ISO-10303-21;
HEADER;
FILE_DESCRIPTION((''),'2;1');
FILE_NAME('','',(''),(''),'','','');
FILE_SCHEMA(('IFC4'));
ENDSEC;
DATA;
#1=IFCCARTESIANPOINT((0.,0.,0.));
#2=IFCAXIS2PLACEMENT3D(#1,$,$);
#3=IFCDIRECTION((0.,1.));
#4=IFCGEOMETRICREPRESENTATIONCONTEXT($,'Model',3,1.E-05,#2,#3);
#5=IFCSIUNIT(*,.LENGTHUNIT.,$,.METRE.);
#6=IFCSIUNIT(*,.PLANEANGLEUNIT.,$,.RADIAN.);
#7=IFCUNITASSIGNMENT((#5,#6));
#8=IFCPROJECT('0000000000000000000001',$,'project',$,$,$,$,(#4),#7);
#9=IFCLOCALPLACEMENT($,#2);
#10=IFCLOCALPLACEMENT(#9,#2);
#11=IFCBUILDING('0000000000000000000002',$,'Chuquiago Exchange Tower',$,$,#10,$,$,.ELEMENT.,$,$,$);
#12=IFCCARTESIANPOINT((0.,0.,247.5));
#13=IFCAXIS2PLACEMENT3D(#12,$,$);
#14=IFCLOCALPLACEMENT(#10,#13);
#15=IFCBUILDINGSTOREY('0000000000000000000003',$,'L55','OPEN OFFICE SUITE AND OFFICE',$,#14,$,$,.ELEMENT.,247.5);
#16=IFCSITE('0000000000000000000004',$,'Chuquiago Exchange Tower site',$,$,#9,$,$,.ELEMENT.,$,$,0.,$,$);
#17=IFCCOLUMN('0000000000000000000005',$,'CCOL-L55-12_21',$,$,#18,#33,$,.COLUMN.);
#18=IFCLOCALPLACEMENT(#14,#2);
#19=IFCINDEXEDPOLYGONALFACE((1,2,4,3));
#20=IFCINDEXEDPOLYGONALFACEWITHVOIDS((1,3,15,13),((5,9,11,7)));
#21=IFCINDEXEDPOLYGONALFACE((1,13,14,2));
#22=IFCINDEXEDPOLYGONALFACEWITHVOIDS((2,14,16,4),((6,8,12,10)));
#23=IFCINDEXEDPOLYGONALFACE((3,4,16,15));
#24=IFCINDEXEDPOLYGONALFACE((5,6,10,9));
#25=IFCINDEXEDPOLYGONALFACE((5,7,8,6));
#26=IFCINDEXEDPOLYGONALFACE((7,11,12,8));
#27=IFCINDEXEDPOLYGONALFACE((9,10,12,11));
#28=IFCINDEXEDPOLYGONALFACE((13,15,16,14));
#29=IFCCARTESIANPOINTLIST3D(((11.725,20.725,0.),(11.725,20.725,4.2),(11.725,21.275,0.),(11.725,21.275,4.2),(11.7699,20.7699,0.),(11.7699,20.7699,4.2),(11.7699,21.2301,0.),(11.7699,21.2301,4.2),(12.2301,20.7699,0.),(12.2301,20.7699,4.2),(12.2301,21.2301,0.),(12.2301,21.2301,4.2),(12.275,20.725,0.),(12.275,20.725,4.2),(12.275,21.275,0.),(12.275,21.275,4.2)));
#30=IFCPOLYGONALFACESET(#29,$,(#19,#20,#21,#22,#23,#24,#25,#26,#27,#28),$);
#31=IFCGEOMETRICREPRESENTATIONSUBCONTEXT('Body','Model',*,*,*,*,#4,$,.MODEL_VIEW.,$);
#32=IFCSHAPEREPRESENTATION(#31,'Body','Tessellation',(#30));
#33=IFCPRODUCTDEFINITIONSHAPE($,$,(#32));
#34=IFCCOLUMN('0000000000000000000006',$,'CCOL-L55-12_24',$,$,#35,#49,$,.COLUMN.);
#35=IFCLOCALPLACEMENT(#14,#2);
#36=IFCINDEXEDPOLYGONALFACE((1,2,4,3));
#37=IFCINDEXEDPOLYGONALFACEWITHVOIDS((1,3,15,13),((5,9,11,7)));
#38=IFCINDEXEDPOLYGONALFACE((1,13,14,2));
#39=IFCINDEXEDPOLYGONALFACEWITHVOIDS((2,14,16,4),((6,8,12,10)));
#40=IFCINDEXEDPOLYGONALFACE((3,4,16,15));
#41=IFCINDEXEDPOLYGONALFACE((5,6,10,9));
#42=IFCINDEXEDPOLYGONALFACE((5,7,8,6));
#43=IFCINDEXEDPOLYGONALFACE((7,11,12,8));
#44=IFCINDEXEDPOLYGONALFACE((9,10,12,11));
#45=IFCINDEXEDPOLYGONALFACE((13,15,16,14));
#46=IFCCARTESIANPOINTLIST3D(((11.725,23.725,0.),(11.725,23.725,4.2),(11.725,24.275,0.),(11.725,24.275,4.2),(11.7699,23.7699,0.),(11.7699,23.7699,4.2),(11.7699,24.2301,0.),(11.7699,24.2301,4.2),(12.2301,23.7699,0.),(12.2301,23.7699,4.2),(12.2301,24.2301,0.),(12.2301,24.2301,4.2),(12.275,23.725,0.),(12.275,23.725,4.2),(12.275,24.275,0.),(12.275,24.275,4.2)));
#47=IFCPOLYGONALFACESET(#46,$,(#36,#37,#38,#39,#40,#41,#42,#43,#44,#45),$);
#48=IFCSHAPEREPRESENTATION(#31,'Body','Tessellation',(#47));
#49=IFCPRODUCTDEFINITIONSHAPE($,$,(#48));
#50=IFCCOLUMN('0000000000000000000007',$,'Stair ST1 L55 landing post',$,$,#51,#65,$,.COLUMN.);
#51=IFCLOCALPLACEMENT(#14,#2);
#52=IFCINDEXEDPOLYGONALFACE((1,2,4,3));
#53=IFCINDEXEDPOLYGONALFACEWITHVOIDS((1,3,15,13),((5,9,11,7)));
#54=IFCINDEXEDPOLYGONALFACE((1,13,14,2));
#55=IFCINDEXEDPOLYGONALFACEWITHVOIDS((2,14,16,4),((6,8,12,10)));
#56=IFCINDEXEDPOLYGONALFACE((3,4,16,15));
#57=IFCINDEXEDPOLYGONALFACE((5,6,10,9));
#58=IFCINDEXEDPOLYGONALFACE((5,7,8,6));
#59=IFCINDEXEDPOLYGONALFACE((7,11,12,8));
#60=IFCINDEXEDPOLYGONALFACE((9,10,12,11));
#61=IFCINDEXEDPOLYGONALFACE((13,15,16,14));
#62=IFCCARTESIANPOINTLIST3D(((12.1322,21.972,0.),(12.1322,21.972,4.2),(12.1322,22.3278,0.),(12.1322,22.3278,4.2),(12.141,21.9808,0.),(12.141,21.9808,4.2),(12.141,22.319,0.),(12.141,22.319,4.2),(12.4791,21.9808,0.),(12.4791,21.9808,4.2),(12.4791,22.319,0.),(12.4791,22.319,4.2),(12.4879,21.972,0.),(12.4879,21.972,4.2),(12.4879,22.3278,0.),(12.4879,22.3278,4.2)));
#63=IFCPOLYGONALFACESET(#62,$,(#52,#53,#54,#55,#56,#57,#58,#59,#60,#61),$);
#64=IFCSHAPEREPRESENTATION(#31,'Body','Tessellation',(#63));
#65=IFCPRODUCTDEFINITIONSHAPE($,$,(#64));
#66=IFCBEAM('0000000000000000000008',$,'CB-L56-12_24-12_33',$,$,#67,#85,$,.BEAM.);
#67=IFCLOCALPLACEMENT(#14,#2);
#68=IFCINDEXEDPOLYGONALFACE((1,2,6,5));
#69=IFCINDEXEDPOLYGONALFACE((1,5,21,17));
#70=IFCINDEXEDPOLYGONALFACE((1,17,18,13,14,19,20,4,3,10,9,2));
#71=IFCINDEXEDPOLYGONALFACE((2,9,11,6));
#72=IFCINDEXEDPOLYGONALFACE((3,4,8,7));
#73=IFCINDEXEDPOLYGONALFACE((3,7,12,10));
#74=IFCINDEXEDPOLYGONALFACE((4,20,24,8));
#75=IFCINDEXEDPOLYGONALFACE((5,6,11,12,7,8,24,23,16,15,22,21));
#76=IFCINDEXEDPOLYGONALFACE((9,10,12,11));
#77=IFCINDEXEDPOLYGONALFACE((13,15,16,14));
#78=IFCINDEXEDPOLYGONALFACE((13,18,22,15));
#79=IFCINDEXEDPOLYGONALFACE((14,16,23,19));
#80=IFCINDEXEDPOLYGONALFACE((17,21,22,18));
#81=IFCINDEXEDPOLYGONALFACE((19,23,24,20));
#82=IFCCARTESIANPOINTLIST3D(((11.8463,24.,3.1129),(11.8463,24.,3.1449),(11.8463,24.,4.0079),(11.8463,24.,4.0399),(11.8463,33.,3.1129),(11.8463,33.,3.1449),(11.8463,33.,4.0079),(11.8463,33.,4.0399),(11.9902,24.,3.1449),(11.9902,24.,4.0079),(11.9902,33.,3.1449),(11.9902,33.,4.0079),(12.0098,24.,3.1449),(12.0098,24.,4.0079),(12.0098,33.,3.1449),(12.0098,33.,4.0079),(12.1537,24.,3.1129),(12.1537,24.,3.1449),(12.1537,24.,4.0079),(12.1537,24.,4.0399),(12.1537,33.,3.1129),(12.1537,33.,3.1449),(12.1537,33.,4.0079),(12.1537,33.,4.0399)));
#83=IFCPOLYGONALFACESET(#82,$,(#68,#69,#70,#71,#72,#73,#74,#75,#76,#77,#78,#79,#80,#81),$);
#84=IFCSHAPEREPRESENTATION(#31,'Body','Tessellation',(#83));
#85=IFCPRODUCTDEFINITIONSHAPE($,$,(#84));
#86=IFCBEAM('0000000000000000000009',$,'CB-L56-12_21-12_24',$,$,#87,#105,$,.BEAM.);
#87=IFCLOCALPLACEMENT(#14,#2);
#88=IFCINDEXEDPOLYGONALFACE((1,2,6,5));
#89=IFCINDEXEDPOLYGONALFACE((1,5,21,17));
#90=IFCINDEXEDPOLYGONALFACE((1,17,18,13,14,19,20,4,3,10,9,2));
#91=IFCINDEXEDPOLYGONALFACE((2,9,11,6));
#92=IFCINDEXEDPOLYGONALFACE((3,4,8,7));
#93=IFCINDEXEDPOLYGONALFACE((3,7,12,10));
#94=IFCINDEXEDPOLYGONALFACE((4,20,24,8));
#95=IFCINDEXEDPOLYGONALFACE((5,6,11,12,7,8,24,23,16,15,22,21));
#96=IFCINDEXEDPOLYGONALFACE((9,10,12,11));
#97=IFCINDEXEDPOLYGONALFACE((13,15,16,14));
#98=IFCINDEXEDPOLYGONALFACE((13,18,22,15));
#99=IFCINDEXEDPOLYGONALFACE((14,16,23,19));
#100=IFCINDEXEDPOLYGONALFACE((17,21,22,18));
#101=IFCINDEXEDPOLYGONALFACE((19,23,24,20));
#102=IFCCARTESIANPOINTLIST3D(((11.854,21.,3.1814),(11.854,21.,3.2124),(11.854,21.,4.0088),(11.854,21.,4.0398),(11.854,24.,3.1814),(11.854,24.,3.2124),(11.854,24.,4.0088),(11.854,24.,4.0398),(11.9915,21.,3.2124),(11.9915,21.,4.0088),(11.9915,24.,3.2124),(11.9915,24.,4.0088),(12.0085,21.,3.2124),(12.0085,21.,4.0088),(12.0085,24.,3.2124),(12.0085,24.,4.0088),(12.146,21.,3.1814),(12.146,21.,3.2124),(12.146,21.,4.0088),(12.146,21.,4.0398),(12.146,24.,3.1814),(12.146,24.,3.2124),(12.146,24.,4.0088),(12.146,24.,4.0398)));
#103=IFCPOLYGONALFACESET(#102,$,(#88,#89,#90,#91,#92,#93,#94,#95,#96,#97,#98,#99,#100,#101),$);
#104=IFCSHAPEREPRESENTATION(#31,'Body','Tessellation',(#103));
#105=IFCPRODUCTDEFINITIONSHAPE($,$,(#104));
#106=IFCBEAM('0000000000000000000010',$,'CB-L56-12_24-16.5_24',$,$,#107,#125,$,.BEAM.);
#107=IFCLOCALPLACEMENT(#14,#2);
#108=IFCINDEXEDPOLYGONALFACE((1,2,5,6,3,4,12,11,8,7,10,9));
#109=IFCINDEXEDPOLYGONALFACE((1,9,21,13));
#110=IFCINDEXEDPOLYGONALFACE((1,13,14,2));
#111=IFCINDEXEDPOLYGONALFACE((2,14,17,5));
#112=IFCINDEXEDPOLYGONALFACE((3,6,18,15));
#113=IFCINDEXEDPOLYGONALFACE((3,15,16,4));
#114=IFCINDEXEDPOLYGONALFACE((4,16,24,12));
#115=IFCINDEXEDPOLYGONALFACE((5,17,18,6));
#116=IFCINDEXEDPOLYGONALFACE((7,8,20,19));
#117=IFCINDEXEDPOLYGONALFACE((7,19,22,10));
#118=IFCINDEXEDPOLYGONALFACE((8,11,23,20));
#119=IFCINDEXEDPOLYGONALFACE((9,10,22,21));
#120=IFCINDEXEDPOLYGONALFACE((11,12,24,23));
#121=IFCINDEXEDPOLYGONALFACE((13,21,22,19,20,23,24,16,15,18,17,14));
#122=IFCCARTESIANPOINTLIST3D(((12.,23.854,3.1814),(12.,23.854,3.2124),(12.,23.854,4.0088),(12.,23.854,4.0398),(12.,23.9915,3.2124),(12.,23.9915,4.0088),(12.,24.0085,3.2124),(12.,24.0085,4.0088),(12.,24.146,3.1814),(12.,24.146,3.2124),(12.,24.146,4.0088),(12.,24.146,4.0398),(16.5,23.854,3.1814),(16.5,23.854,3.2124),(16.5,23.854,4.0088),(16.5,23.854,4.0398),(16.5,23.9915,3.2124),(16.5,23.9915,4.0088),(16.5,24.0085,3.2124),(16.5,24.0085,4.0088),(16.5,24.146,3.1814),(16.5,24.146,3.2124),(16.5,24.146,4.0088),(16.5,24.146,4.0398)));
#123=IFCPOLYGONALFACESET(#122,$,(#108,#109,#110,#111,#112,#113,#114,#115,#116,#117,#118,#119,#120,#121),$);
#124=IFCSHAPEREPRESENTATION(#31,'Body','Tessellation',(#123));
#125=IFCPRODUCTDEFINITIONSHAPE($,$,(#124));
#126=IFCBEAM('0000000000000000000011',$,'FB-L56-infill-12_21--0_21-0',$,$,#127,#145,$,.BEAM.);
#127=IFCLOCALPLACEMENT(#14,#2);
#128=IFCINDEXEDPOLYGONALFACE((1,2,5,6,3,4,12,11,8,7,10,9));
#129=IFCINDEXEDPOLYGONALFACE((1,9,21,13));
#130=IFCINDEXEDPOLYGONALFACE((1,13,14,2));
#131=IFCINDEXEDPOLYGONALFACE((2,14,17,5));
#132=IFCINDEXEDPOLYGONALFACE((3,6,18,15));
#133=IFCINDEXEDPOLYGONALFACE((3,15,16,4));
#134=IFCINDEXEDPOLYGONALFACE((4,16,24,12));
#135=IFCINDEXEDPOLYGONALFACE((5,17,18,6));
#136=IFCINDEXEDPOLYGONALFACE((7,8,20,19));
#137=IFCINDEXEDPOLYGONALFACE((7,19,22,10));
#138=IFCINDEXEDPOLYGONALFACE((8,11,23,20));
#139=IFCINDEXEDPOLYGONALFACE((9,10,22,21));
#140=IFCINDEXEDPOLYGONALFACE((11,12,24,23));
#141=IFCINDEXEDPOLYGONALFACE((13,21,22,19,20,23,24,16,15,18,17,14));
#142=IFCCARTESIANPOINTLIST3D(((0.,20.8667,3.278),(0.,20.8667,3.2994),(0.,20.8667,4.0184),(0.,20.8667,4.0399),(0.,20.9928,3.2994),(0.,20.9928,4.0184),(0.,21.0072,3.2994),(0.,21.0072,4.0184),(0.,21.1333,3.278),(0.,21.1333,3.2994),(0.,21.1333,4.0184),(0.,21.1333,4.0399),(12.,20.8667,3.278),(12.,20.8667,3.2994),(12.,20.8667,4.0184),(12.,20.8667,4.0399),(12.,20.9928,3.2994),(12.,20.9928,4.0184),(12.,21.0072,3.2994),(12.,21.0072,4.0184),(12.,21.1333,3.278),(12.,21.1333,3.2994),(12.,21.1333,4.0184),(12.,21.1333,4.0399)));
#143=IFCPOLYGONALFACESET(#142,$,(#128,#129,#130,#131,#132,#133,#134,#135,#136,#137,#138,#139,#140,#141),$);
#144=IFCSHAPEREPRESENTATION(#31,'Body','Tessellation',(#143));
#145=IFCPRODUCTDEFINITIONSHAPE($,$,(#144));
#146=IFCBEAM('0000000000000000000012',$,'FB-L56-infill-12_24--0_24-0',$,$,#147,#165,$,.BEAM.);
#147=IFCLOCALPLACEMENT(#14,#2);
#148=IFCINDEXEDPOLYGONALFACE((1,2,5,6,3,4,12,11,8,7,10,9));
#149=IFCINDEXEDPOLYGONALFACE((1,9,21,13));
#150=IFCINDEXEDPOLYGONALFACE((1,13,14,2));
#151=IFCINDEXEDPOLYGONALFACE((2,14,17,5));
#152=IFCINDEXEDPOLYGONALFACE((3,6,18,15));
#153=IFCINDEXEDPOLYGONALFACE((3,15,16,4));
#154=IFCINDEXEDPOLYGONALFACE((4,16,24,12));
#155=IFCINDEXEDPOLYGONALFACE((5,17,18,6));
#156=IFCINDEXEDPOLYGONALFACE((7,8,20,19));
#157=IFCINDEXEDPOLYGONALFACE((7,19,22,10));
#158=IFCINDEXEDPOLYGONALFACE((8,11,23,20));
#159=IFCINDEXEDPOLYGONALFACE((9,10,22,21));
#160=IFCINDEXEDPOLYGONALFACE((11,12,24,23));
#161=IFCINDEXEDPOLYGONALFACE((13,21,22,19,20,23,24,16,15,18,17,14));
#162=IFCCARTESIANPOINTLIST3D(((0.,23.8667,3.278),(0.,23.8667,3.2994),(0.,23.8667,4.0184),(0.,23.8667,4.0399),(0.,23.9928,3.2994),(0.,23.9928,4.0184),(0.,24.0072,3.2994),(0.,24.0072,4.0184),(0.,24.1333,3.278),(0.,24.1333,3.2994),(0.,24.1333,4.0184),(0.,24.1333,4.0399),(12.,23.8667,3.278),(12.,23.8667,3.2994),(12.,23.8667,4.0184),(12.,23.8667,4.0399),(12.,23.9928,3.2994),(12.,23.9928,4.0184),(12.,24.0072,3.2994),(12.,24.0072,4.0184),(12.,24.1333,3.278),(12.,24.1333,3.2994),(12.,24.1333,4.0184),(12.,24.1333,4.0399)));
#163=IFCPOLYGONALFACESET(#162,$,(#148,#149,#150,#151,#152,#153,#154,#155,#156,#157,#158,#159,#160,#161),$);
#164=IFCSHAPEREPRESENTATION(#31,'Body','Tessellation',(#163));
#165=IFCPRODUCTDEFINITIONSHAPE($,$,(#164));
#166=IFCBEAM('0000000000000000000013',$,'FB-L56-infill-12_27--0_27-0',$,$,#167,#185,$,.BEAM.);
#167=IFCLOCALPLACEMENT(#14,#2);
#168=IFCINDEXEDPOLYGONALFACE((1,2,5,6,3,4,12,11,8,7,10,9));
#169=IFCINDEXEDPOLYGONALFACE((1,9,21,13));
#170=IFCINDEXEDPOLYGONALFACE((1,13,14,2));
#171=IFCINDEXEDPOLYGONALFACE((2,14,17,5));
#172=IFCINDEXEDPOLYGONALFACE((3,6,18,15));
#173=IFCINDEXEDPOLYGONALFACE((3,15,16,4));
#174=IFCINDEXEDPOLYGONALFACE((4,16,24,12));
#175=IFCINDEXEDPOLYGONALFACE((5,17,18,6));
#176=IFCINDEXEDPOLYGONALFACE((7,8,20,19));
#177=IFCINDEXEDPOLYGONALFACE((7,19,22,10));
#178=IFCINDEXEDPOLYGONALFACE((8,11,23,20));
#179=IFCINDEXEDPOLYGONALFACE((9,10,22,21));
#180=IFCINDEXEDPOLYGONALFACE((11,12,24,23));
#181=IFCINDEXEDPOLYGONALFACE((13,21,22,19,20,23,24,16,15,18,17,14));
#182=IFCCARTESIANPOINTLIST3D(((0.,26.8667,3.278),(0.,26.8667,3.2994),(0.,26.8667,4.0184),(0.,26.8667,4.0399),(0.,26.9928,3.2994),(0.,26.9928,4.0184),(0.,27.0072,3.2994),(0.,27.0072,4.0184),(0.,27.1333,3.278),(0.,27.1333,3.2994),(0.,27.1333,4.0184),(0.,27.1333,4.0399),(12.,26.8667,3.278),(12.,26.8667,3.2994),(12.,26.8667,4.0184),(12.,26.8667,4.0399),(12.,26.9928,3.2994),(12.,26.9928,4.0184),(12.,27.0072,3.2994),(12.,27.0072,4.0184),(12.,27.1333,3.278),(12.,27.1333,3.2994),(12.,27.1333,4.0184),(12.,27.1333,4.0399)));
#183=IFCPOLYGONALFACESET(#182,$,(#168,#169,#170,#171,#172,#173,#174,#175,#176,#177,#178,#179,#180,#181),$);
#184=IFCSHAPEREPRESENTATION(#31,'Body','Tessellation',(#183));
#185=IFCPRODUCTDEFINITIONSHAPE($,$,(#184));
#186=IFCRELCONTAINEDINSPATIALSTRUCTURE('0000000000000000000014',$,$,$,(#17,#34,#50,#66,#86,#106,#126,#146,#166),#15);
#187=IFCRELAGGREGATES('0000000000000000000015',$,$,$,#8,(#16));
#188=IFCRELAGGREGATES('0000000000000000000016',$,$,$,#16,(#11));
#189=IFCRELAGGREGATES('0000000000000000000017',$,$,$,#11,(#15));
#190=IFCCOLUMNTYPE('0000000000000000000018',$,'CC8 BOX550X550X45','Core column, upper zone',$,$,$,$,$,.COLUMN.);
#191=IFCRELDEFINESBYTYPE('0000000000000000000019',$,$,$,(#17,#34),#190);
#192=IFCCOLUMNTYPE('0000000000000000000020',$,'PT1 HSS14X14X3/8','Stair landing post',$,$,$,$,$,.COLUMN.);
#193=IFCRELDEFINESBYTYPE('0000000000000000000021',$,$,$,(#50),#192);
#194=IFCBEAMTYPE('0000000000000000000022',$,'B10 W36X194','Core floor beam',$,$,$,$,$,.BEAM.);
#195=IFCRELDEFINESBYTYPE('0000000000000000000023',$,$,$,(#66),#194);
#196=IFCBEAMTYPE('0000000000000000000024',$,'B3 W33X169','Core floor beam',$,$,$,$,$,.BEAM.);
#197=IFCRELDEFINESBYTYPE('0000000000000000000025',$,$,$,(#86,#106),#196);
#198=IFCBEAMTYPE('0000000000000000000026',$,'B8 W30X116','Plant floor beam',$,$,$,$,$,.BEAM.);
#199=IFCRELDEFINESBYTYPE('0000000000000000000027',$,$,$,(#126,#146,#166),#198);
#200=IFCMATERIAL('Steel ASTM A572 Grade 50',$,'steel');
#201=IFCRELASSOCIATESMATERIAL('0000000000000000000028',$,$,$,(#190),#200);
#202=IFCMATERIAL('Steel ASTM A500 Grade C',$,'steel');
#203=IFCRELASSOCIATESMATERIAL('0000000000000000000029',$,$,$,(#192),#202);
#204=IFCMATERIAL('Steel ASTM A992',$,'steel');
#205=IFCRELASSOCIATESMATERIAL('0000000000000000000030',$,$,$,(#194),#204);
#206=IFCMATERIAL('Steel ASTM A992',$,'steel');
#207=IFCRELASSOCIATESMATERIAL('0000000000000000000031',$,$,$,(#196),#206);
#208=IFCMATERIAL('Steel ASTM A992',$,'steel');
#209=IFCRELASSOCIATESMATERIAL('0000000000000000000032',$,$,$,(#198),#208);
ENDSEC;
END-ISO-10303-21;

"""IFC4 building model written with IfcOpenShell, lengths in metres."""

from ifc_helpers import new_model, si_unit, direction, frame, origin, origin_2d, place, context, subcontext, project, spatial, hollow_rectangle, i_section, extrude, material, material_profile, profile_set, type_object, element, save


model = new_model("IFC4")

# Units and contexts
model_context = context("Model", 3, precision=1e-05, world=origin(), true_north=direction((0.0, 1.0)))
body_context = subcontext(model_context, "Body", "Model", "MODEL_VIEW")
ifc_project = project(units=[si_unit("LENGTHUNIT", "METRE"), si_unit("PLANEANGLEUNIT", "RADIAN")], contexts=[model_context])

# Site, building, storey
site_placement = place(None, origin())
site = spatial("IfcSite", under=ifc_project, at=site_placement, Name="Chuquiago Exchange Tower site", CompositionType="ELEMENT", RefElevation=0.0)
building_placement = place(site_placement, origin())
building = spatial("IfcBuilding", under=site, at=building_placement, Name="Chuquiago Exchange Tower", CompositionType="ELEMENT")
storey_placement = place(building_placement, frame((0.0, 0.0, 247.5)))
storey = spatial("IfcBuildingStorey", under=building, at=storey_placement, Name="L55", Description="OPEN OFFICE SUITE AND OFFICE", CompositionType="ELEMENT", Elevation=247.5)

# Columns
ifc_material_1 = material(Name="Steel ASTM A572 Grade 50", Category="steel")
ifc_material_profile_1 = material_profile(ifc_material_1, hollow_rectangle(XDim=0.55, YDim=0.55, WallThickness=0.0449, at=origin_2d()), Name="BOX550X550X45")
ifc_profile_set_1 = profile_set([ifc_material_profile_1], Name="Steel ASTM A572 Grade 50")
column_type_1 = type_object("IfcColumnType", Name="CC8 BOX550X550X45", Description="Core column, upper zone", PredefinedType="COLUMN", material=ifc_profile_set_1)
for number, where, z_axis, x_axis, name in (
    (1, (12.0, 21.0, 0.0), (0.0, 0.0, 1.0), (1.0, 0.0, 0.0), "CCOL-L55-12_21"),
    (2, (12.0, 24.0, 0.0), (0.0, 0.0, 1.0), (1.0, 0.0, 0.0), "CCOL-L55-12_24"),
):
    element("IfcColumn", number, at=place(storey_placement, frame(where, z_axis=z_axis, x_axis=x_axis)), inside=storey, type_object=column_type_1, Name=name, PredefinedType="COLUMN", context=body_context, shape_type="SweptSolid", body=[
        extrude(hollow_rectangle(XDim=0.55, YDim=0.55, WallThickness=0.0449, at=origin_2d()), origin(), (0.0, 0.0, 1.0), 4.2),
    ])
ifc_material_2 = material(Name="Steel ASTM A500 Grade C", Category="steel")
ifc_material_profile_2 = material_profile(ifc_material_2, hollow_rectangle(XDim=0.3557, YDim=0.3557, WallThickness=0.0088, at=origin_2d()), Name="HSS14X14X3/8")
ifc_profile_set_2 = profile_set([ifc_material_profile_2], Name="Steel ASTM A500 Grade C")
column_type_2 = type_object("IfcColumnType", Name="PT1 HSS14X14X3/8", Description="Stair landing post", PredefinedType="COLUMN", material=ifc_profile_set_2)
column_placement = place(storey_placement, frame((12.3101, 22.1499, 0.0), z_axis=(0.0, 0.0, 1.0), x_axis=(1.0, 0.0, 0.0)))
element("IfcColumn", 3, at=column_placement, inside=storey, type_object=column_type_2, Name="Stair ST1 L55 landing post", PredefinedType="COLUMN", context=body_context, shape_type="SweptSolid", body=[
    extrude(hollow_rectangle(XDim=0.3557, YDim=0.3557, WallThickness=0.0088, at=origin_2d()), origin(), (0.0, 0.0, 1.0), 4.2),
])

# Beams
ifc_material_3 = material(Name="Steel ASTM A992", Category="steel")
ifc_material_profile_3 = material_profile(ifc_material_3, i_section(OverallWidth=0.3074, OverallDepth=0.927, WebThickness=0.0195, FlangeThickness=0.032, at=origin_2d()), Name="W36X194")
ifc_profile_set_3 = profile_set([ifc_material_profile_3], Name="Steel ASTM A992")
beam_type_1 = type_object("IfcBeamType", Name="B10 W36X194", Description="Core floor beam", PredefinedType="BEAM", material=ifc_profile_set_3)
beam_1_placement = place(storey_placement, frame((12.0, 24.0, 3.5764), z_axis=(0.0, 1.0, 0.0), x_axis=(-1.0, 0.0, 0.0)))
element("IfcBeam", 4, at=beam_1_placement, inside=storey, type_object=beam_type_1, Name="CB-L56-12_24-12_33", PredefinedType="BEAM", context=body_context, shape_type="SweptSolid", body=[
    extrude(i_section(OverallWidth=0.3074, OverallDepth=0.927, WebThickness=0.0195, FlangeThickness=0.032, at=origin_2d()), origin(), (0.0, 0.0, 1.0), 9.0),
])
ifc_material_4 = material(Name="Steel ASTM A992", Category="steel")
ifc_material_profile_4 = material_profile(ifc_material_4, i_section(OverallWidth=0.292, OverallDepth=0.8584, WebThickness=0.0171, FlangeThickness=0.031, at=origin_2d()), Name="W33X169")
ifc_profile_set_4 = profile_set([ifc_material_profile_4], Name="Steel ASTM A992")
beam_type_2 = type_object("IfcBeamType", Name="B3 W33X169", Description="Core floor beam", PredefinedType="BEAM", material=ifc_profile_set_4)
beam_2_placement = place(storey_placement, frame((12.0, 21.0, 3.6106), z_axis=(0.0, 1.0, 0.0), x_axis=(-1.0, 0.0, 0.0)))
element("IfcBeam", 5, at=beam_2_placement, inside=storey, type_object=beam_type_2, Name="CB-L56-12_21-12_24", PredefinedType="BEAM", context=body_context, shape_type="SweptSolid", body=[
    extrude(i_section(OverallWidth=0.292, OverallDepth=0.8584, WebThickness=0.0171, FlangeThickness=0.031, at=origin_2d()), origin(), (0.0, 0.0, 1.0), 3.0),
])
beam_3_placement = place(storey_placement, frame((12.0, 24.0, 3.6106), z_axis=(1.0, 0.0, 0.0), x_axis=(0.0, 1.0, 0.0)))
element("IfcBeam", 6, at=beam_3_placement, inside=storey, type_object=beam_type_2, Name="CB-L56-12_24-16.5_24", PredefinedType="BEAM", context=body_context, shape_type="SweptSolid", body=[
    extrude(i_section(OverallWidth=0.292, OverallDepth=0.8584, WebThickness=0.0171, FlangeThickness=0.031, at=origin_2d()), origin(), (0.0, 0.0, 1.0), 4.5),
])
ifc_material_5 = material(Name="Steel ASTM A992", Category="steel")
ifc_material_profile_5 = material_profile(ifc_material_5, i_section(OverallWidth=0.2666, OverallDepth=0.762, WebThickness=0.0144, FlangeThickness=0.0215, at=origin_2d()), Name="W30X116")
ifc_profile_set_5 = profile_set([ifc_material_profile_5], Name="Steel ASTM A992")
beam_type_3 = type_object("IfcBeamType", Name="B8 W30X116", Description="Plant floor beam", PredefinedType="BEAM", material=ifc_profile_set_5)
for number, where, z_axis, x_axis, name in (
    (7, (12.0, 21.0, 3.6589), (-1.0, 0.0, 0.0), (0.0, -1.0, 0.0), "FB-L56-infill-12_21--0_21-0"),
    (8, (12.0, 24.0, 3.6589), (-1.0, 0.0, 0.0), (0.0, -1.0, 0.0), "FB-L56-infill-12_24--0_24-0"),
    (9, (12.0, 27.0, 3.6589), (-1.0, 0.0, 0.0), (0.0, -1.0, 0.0), "FB-L56-infill-12_27--0_27-0"),
):
    element("IfcBeam", number, at=place(storey_placement, frame(where, z_axis=z_axis, x_axis=x_axis)), inside=storey, type_object=beam_type_3, Name=name, PredefinedType="BEAM", context=body_context, shape_type="SweptSolid", body=[
        extrude(i_section(OverallWidth=0.2666, OverallDepth=0.762, WebThickness=0.0144, FlangeThickness=0.0215, at=origin_2d()), origin(), (0.0, 0.0, 1.0), 12.0),
    ])

save(model, "model.ifc")
